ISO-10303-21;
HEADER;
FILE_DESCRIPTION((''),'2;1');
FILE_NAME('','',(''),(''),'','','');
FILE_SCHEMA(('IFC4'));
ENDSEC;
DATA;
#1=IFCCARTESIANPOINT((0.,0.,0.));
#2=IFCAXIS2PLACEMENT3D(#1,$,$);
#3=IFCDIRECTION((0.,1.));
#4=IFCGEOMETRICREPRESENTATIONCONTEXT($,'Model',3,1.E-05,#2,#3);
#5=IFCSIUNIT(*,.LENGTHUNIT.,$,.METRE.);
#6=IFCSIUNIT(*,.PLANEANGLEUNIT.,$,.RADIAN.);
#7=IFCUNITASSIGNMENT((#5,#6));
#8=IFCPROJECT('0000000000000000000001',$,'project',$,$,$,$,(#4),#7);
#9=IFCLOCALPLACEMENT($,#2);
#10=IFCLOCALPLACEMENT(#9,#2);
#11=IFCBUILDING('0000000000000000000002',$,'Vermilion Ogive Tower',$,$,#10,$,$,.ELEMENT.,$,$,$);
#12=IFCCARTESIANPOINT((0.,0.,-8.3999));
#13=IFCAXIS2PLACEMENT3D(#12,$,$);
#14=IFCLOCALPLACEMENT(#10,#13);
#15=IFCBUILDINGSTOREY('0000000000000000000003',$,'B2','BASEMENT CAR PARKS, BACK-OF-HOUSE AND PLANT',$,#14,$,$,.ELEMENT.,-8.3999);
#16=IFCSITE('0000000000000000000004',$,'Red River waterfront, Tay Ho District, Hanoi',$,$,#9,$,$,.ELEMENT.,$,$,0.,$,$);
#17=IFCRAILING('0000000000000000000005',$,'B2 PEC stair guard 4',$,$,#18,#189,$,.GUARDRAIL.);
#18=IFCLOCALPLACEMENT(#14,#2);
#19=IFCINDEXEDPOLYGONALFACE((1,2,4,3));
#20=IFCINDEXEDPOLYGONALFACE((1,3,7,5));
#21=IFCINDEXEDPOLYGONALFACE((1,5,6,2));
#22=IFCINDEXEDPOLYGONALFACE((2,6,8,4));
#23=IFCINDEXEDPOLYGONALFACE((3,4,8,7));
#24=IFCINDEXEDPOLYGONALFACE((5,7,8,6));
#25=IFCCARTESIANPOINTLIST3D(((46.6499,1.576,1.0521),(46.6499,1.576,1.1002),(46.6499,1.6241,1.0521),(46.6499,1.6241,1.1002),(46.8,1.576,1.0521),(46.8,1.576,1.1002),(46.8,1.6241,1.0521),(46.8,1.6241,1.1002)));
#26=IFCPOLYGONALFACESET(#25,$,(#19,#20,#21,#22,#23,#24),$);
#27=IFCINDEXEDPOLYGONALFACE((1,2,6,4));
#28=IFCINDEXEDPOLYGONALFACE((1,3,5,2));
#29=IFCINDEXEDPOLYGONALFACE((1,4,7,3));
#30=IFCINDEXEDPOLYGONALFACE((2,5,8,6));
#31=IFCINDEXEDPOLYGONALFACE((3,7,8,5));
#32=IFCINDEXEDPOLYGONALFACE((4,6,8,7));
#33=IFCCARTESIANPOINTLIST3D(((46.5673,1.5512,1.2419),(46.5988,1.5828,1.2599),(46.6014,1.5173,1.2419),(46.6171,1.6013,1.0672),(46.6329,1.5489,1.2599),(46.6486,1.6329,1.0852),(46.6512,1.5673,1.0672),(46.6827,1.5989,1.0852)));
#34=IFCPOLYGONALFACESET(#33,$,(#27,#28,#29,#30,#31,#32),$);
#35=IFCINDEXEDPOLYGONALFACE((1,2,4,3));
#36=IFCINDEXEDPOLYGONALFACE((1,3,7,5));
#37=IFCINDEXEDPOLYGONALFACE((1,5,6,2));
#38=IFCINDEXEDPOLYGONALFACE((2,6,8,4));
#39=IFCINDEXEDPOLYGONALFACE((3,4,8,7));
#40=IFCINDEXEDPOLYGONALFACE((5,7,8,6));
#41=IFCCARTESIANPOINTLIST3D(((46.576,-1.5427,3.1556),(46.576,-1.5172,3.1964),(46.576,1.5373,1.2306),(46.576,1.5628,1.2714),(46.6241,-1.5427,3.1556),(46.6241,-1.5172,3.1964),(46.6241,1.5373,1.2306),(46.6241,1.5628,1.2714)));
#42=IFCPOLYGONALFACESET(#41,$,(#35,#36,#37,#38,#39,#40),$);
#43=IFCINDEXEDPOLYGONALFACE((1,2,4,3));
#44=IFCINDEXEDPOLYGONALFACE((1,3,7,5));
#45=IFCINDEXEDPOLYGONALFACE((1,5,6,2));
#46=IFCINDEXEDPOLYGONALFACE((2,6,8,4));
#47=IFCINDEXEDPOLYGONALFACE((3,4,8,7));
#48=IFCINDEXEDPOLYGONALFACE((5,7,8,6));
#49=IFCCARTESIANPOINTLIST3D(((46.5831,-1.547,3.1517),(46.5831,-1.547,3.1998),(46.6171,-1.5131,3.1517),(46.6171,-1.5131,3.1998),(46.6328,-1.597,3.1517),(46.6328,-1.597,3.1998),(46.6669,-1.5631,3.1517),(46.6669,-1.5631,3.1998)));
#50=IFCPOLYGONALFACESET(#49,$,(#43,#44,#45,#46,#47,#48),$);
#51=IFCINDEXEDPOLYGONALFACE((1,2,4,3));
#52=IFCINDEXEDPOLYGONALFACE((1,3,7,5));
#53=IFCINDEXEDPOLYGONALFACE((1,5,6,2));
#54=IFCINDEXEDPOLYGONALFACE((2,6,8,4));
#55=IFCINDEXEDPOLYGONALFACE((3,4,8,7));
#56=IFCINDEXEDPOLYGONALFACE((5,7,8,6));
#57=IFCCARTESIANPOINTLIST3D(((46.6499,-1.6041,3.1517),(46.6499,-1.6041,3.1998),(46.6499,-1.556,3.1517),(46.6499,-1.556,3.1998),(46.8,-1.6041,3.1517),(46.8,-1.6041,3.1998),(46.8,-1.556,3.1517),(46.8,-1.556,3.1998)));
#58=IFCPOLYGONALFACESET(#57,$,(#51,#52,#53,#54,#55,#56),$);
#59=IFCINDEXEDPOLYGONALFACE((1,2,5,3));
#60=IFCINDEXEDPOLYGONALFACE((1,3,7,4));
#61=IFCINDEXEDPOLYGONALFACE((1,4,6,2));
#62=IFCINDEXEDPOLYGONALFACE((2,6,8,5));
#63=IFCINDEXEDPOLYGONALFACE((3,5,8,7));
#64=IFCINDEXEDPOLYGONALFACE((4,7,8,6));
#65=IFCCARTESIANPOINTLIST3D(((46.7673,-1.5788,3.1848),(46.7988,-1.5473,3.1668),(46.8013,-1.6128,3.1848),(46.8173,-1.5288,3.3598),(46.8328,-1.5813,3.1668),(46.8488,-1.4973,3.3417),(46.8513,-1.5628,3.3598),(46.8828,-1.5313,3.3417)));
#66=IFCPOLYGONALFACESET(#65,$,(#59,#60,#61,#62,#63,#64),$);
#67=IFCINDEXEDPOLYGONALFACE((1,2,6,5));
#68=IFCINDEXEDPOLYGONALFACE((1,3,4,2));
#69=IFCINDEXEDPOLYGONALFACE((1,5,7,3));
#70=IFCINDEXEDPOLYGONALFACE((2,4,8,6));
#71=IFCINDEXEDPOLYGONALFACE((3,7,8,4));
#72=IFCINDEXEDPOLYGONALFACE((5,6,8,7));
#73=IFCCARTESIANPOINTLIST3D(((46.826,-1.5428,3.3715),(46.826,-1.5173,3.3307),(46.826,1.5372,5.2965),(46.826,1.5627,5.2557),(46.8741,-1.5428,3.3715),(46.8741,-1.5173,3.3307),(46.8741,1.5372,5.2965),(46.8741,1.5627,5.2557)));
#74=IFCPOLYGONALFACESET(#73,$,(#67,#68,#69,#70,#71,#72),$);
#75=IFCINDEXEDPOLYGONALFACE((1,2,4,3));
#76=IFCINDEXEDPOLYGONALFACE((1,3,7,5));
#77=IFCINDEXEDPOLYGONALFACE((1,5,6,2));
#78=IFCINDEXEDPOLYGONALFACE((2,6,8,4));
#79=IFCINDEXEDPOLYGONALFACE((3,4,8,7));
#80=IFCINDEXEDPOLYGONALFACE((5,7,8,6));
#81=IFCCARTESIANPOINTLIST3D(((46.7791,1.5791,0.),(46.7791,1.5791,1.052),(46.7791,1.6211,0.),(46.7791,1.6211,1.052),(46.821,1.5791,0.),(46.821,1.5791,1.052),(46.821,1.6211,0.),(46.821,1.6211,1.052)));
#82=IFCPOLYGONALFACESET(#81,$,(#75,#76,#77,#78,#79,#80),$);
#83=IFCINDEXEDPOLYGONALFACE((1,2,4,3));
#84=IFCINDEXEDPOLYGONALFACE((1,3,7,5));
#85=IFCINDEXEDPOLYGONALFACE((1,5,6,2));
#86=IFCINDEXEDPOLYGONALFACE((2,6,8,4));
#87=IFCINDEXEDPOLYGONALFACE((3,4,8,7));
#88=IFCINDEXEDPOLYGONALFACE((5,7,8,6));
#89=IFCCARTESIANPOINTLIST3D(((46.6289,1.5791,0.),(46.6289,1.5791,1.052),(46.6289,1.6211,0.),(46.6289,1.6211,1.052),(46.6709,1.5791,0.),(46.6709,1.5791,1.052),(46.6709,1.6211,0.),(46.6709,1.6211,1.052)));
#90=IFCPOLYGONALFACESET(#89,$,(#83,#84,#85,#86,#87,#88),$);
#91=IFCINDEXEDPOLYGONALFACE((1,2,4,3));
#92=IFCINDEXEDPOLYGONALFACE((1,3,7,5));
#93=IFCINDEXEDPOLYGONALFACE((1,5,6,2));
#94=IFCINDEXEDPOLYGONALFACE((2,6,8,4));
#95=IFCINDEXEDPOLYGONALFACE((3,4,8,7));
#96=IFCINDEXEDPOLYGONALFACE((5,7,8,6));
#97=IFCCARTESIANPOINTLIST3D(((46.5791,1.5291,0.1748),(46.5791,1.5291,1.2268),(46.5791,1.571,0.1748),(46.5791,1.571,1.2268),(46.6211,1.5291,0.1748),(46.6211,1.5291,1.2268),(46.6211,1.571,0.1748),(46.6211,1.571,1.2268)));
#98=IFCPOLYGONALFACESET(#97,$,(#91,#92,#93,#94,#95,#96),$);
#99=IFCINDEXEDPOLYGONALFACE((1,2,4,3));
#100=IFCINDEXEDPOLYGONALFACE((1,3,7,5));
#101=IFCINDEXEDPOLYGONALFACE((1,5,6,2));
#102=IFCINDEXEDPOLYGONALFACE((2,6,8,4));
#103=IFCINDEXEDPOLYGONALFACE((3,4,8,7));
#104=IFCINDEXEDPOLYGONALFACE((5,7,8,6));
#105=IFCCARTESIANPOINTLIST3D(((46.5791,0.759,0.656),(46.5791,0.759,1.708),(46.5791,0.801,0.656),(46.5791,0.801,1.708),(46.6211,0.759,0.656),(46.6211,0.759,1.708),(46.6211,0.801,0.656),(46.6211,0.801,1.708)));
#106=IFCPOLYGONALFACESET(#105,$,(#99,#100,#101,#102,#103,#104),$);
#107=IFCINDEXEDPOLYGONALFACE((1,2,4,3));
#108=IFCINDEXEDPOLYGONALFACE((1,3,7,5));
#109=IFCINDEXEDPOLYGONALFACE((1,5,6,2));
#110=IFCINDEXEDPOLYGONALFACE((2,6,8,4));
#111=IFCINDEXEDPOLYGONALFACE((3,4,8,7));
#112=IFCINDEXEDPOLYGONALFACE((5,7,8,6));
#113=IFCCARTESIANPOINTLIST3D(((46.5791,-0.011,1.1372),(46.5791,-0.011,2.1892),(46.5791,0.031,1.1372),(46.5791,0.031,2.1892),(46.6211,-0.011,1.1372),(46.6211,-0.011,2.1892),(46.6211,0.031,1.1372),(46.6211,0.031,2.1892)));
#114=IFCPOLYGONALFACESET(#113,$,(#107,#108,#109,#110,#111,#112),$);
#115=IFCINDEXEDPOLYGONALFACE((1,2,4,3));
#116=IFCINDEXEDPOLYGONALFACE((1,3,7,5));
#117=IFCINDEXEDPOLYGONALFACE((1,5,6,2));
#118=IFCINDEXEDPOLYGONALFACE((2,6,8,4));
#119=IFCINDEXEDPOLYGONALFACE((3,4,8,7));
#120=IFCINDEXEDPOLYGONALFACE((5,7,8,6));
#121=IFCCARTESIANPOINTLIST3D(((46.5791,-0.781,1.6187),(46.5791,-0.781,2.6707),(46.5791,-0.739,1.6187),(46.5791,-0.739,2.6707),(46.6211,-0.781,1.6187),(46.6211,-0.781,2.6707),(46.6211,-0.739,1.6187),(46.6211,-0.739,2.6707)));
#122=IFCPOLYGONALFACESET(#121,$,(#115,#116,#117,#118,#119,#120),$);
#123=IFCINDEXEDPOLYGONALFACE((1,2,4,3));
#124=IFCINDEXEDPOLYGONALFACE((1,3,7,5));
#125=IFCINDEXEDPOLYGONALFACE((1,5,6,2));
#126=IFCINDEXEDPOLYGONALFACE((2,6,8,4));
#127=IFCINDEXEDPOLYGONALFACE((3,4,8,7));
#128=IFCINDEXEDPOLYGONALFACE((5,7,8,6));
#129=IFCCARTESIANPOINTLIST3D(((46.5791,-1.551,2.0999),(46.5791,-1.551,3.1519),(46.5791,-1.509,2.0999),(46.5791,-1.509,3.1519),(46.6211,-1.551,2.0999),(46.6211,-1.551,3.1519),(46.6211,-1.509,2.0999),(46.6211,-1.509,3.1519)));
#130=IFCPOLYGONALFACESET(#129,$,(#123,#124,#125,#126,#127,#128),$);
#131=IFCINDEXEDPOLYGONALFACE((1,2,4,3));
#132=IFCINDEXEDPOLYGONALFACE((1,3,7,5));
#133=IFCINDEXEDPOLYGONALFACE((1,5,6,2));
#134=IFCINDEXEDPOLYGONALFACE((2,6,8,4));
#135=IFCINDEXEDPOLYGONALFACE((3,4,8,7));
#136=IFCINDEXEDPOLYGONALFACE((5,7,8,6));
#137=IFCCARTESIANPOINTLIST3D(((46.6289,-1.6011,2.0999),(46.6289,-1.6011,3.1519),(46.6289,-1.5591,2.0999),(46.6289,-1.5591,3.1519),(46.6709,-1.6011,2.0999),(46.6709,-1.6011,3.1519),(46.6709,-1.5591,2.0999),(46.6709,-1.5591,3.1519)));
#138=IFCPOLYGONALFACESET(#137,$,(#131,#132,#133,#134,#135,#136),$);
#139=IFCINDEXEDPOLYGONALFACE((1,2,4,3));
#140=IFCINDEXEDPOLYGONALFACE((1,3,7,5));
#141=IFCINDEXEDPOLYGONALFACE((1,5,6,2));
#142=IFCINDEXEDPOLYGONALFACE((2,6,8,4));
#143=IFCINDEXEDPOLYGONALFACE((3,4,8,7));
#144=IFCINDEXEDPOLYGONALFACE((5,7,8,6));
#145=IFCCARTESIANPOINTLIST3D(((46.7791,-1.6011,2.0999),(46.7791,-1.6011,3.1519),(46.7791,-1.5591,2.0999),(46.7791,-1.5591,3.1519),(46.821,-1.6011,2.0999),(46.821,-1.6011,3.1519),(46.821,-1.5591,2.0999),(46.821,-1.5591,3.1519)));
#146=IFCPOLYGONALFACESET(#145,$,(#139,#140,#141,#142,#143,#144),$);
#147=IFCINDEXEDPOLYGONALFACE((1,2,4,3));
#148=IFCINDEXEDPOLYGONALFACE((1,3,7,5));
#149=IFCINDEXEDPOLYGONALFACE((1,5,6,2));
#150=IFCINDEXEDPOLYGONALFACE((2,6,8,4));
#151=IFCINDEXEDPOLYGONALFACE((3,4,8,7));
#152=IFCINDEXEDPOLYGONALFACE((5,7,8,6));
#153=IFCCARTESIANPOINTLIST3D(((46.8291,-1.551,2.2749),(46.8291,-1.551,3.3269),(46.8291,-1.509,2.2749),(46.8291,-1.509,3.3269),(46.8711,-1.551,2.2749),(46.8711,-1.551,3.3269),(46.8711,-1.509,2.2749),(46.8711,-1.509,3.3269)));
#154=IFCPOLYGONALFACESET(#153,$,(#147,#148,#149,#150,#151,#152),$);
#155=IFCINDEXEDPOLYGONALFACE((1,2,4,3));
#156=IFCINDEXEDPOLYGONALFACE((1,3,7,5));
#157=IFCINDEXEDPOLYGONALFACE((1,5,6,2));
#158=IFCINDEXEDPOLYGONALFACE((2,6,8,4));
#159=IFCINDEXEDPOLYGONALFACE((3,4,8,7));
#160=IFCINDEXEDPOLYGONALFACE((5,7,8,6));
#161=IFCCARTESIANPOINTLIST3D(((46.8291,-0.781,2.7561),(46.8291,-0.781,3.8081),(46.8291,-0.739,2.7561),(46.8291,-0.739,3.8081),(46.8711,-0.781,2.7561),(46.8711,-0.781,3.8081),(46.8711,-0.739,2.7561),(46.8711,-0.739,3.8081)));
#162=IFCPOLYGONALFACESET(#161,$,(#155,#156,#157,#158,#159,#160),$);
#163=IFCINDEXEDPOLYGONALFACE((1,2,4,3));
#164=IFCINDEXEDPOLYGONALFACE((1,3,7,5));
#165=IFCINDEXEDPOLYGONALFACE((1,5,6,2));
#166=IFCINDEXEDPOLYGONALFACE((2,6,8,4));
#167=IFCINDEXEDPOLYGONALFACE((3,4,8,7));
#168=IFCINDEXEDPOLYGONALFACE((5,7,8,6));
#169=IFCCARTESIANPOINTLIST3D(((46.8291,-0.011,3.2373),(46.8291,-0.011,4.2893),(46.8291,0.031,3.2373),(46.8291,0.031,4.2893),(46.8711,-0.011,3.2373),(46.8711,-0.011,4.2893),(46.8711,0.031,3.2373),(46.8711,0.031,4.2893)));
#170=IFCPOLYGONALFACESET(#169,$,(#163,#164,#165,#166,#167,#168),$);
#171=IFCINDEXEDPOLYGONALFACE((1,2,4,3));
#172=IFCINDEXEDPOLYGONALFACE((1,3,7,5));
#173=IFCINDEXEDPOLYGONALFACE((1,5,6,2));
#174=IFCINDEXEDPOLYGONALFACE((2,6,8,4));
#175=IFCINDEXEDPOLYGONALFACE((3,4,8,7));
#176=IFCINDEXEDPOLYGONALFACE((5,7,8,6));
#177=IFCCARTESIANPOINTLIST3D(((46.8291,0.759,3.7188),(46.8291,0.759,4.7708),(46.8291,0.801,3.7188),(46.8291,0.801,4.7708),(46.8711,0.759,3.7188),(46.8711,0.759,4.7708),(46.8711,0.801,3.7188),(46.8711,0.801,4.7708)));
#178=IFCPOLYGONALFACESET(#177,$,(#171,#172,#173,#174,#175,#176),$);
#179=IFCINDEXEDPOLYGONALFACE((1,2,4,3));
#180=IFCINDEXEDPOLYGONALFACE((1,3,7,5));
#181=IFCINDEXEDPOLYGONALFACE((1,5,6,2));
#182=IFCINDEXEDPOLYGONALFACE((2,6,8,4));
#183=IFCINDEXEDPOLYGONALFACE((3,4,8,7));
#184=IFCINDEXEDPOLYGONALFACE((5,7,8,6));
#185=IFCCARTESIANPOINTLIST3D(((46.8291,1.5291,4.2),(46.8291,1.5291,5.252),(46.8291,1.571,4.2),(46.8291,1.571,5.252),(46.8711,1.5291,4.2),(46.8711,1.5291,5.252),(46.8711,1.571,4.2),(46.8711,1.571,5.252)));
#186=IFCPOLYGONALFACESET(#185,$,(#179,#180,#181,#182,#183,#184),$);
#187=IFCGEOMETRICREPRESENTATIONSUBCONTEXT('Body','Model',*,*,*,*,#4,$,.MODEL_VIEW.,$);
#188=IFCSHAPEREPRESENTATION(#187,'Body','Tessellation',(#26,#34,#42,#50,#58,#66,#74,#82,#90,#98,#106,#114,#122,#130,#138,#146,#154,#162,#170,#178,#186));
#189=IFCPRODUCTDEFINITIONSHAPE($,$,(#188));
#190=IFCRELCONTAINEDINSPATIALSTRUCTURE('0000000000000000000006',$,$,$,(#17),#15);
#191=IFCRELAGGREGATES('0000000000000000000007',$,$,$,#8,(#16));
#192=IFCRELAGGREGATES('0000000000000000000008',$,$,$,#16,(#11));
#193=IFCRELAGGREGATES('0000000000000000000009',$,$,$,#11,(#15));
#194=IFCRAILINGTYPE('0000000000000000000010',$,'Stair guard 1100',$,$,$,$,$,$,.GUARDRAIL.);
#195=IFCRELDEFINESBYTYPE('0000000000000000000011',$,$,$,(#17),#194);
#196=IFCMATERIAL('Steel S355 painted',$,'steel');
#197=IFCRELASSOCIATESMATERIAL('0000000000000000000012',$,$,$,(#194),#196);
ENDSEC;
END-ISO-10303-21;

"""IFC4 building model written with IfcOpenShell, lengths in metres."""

from ifc_helpers import new_model, si_unit, direction, frame, origin, origin_2d, place, context, subcontext, project, spatial, rectangle, extrude, material, type_object, element, save


model = new_model("IFC4")

# Units and contexts
model_context = context("Model", 3, precision=1e-05, world=origin(), true_north=direction((0.0, 1.0)))
body_context = subcontext(model_context, "Body", "Model", "MODEL_VIEW")
ifc_project = project(units=[si_unit("LENGTHUNIT", "METRE"), si_unit("PLANEANGLEUNIT", "RADIAN")], contexts=[model_context])

# Site, building, storey
site_placement = place(None, origin())
site = spatial("IfcSite", under=ifc_project, at=site_placement, Name="Red River waterfront, Tay Ho District, Hanoi", CompositionType="ELEMENT", RefElevation=0.0)
building_placement = place(site_placement, origin())
building = spatial("IfcBuilding", under=site, at=building_placement, Name="Vermilion Ogive Tower", CompositionType="ELEMENT")
storey_placement = place(building_placement, frame((0.0, 0.0, -8.3999)))
storey = spatial("IfcBuildingStorey", under=building, at=storey_placement, Name="B2", Description="BASEMENT CAR PARKS, BACK-OF-HOUSE AND PLANT", CompositionType="ELEMENT", Elevation=-8.3999)

# Railing
ifc_material_1 = material(Name="Steel S355 painted", Category="steel")
railing_type_1 = type_object("IfcRailingType", Name="Stair guard 1100", PredefinedType="GUARDRAIL", material=ifc_material_1)
railing_1_placement = place(storey_placement, frame((46.8, 1.6001, 0.0)))
element("IfcRailing", 1, at=railing_1_placement, inside=storey, type_object=railing_type_1, Name="B2 PEC stair guard 4", PredefinedType="GUARDRAIL", context=body_context, shape_type="SweptSolid", body=[
    extrude(rectangle(XDim=0.0481, YDim=0.0481, at=origin_2d()), frame((0.0, 0.0, 1.0762), z_axis=(-1.0, 0.0, 0.0), x_axis=(0.0, -1.0, 0.0)), (0.0, 0.0, 1.0), 0.1501),
    extrude(rectangle(XDim=0.0481, YDim=0.0481, at=origin_2d()), frame((-0.1501, 0.0, 1.0762), z_axis=(-0.264179, -0.265474, 0.927218), x_axis=(0.708834, -0.705376, 0.0)), (0.0, 0.0, 1.0), 0.1885),
    extrude(rectangle(XDim=0.0481, YDim=0.0481, at=origin_2d()), frame((-0.2, -0.05, 1.251), z_axis=(0.0, -0.847998, 0.529999), x_axis=(1.0, 0.0, 0.0)), (0.0, 0.0, 1.0), 3.6321),
    extrude(rectangle(XDim=0.0481, YDim=0.0481, at=origin_2d()), frame((-0.2, -3.1301, 3.1758), z_axis=(0.705376, -0.708834, 0.0), x_axis=(0.708834, 0.705376, 0.0)), (0.0, 0.0, 1.0), 0.0706),
    extrude(rectangle(XDim=0.0481, YDim=0.0481, at=origin_2d()), frame((-0.1501, -3.1802, 3.1758), z_axis=(1.0, 0.0, 0.0), x_axis=(0.0, 1.0, 0.0)), (0.0, 0.0, 1.0), 0.1501),
    extrude(rectangle(XDim=0.0481, YDim=0.0481, at=origin_2d()), frame((0.0, -3.1802, 3.1758), z_axis=(0.265065, 0.265065, 0.927082), x_axis=(-0.707107, 0.707107, 0.0)), (0.0, 0.0, 1.0), 0.1887),
    extrude(rectangle(XDim=0.0481, YDim=0.0481, at=origin_2d()), frame((0.05, -3.1301, 3.3511), z_axis=(0.0, 0.847998, 0.529999), x_axis=(-1.0, 0.0, 0.0)), (0.0, 0.0, 1.0), 3.6321),
    extrude(rectangle(XDim=0.042, YDim=0.042, at=origin_2d()), origin(), (0.0, 0.0, 1.0), 1.052),
    extrude(rectangle(XDim=0.042, YDim=0.042, at=origin_2d()), frame((-0.1501, 0.0, 0.0)), (0.0, 0.0, 1.0), 1.052),
    extrude(rectangle(XDim=0.042, YDim=0.042, at=origin_2d()), frame((-0.2, -0.05, 0.1748)), (0.0, 0.0, 1.0), 1.052),
    extrude(rectangle(XDim=0.042, YDim=0.042, at=origin_2d()), frame((-0.2, -0.8201, 0.656)), (0.0, 0.0, 1.0), 1.052),
    extrude(rectangle(XDim=0.042, YDim=0.042, at=origin_2d()), frame((-0.2, -1.5901, 1.1372)), (0.0, 0.0, 1.0), 1.052),
    extrude(rectangle(XDim=0.042, YDim=0.042, at=origin_2d()), frame((-0.2, -2.3601, 1.6187)), (0.0, 0.0, 1.0), 1.052),
    extrude(rectangle(XDim=0.042, YDim=0.042, at=origin_2d()), frame((-0.2, -3.1301, 2.0999)), (0.0, 0.0, 1.0), 1.052),
    extrude(rectangle(XDim=0.042, YDim=0.042, at=origin_2d()), frame((-0.1501, -3.1802, 2.0999)), (0.0, 0.0, 1.0), 1.052),
    extrude(rectangle(XDim=0.042, YDim=0.042, at=origin_2d()), frame((0.0, -3.1802, 2.0999)), (0.0, 0.0, 1.0), 1.052),
    extrude(rectangle(XDim=0.042, YDim=0.042, at=origin_2d()), frame((0.05, -3.1301, 2.2749)), (0.0, 0.0, 1.0), 1.052),
    extrude(rectangle(XDim=0.042, YDim=0.042, at=origin_2d()), frame((0.05, -2.3601, 2.7561)), (0.0, 0.0, 1.0), 1.052),
    extrude(rectangle(XDim=0.042, YDim=0.042, at=origin_2d()), frame((0.05, -1.5901, 3.2373)), (0.0, 0.0, 1.0), 1.052),
    extrude(rectangle(XDim=0.042, YDim=0.042, at=origin_2d()), frame((0.05, -0.8201, 3.7188)), (0.0, 0.0, 1.0), 1.052),
    extrude(rectangle(XDim=0.042, YDim=0.042, at=origin_2d()), frame((0.05, -0.05, 4.2)), (0.0, 0.0, 1.0), 1.052),
])

save(model, "model.ifc")
